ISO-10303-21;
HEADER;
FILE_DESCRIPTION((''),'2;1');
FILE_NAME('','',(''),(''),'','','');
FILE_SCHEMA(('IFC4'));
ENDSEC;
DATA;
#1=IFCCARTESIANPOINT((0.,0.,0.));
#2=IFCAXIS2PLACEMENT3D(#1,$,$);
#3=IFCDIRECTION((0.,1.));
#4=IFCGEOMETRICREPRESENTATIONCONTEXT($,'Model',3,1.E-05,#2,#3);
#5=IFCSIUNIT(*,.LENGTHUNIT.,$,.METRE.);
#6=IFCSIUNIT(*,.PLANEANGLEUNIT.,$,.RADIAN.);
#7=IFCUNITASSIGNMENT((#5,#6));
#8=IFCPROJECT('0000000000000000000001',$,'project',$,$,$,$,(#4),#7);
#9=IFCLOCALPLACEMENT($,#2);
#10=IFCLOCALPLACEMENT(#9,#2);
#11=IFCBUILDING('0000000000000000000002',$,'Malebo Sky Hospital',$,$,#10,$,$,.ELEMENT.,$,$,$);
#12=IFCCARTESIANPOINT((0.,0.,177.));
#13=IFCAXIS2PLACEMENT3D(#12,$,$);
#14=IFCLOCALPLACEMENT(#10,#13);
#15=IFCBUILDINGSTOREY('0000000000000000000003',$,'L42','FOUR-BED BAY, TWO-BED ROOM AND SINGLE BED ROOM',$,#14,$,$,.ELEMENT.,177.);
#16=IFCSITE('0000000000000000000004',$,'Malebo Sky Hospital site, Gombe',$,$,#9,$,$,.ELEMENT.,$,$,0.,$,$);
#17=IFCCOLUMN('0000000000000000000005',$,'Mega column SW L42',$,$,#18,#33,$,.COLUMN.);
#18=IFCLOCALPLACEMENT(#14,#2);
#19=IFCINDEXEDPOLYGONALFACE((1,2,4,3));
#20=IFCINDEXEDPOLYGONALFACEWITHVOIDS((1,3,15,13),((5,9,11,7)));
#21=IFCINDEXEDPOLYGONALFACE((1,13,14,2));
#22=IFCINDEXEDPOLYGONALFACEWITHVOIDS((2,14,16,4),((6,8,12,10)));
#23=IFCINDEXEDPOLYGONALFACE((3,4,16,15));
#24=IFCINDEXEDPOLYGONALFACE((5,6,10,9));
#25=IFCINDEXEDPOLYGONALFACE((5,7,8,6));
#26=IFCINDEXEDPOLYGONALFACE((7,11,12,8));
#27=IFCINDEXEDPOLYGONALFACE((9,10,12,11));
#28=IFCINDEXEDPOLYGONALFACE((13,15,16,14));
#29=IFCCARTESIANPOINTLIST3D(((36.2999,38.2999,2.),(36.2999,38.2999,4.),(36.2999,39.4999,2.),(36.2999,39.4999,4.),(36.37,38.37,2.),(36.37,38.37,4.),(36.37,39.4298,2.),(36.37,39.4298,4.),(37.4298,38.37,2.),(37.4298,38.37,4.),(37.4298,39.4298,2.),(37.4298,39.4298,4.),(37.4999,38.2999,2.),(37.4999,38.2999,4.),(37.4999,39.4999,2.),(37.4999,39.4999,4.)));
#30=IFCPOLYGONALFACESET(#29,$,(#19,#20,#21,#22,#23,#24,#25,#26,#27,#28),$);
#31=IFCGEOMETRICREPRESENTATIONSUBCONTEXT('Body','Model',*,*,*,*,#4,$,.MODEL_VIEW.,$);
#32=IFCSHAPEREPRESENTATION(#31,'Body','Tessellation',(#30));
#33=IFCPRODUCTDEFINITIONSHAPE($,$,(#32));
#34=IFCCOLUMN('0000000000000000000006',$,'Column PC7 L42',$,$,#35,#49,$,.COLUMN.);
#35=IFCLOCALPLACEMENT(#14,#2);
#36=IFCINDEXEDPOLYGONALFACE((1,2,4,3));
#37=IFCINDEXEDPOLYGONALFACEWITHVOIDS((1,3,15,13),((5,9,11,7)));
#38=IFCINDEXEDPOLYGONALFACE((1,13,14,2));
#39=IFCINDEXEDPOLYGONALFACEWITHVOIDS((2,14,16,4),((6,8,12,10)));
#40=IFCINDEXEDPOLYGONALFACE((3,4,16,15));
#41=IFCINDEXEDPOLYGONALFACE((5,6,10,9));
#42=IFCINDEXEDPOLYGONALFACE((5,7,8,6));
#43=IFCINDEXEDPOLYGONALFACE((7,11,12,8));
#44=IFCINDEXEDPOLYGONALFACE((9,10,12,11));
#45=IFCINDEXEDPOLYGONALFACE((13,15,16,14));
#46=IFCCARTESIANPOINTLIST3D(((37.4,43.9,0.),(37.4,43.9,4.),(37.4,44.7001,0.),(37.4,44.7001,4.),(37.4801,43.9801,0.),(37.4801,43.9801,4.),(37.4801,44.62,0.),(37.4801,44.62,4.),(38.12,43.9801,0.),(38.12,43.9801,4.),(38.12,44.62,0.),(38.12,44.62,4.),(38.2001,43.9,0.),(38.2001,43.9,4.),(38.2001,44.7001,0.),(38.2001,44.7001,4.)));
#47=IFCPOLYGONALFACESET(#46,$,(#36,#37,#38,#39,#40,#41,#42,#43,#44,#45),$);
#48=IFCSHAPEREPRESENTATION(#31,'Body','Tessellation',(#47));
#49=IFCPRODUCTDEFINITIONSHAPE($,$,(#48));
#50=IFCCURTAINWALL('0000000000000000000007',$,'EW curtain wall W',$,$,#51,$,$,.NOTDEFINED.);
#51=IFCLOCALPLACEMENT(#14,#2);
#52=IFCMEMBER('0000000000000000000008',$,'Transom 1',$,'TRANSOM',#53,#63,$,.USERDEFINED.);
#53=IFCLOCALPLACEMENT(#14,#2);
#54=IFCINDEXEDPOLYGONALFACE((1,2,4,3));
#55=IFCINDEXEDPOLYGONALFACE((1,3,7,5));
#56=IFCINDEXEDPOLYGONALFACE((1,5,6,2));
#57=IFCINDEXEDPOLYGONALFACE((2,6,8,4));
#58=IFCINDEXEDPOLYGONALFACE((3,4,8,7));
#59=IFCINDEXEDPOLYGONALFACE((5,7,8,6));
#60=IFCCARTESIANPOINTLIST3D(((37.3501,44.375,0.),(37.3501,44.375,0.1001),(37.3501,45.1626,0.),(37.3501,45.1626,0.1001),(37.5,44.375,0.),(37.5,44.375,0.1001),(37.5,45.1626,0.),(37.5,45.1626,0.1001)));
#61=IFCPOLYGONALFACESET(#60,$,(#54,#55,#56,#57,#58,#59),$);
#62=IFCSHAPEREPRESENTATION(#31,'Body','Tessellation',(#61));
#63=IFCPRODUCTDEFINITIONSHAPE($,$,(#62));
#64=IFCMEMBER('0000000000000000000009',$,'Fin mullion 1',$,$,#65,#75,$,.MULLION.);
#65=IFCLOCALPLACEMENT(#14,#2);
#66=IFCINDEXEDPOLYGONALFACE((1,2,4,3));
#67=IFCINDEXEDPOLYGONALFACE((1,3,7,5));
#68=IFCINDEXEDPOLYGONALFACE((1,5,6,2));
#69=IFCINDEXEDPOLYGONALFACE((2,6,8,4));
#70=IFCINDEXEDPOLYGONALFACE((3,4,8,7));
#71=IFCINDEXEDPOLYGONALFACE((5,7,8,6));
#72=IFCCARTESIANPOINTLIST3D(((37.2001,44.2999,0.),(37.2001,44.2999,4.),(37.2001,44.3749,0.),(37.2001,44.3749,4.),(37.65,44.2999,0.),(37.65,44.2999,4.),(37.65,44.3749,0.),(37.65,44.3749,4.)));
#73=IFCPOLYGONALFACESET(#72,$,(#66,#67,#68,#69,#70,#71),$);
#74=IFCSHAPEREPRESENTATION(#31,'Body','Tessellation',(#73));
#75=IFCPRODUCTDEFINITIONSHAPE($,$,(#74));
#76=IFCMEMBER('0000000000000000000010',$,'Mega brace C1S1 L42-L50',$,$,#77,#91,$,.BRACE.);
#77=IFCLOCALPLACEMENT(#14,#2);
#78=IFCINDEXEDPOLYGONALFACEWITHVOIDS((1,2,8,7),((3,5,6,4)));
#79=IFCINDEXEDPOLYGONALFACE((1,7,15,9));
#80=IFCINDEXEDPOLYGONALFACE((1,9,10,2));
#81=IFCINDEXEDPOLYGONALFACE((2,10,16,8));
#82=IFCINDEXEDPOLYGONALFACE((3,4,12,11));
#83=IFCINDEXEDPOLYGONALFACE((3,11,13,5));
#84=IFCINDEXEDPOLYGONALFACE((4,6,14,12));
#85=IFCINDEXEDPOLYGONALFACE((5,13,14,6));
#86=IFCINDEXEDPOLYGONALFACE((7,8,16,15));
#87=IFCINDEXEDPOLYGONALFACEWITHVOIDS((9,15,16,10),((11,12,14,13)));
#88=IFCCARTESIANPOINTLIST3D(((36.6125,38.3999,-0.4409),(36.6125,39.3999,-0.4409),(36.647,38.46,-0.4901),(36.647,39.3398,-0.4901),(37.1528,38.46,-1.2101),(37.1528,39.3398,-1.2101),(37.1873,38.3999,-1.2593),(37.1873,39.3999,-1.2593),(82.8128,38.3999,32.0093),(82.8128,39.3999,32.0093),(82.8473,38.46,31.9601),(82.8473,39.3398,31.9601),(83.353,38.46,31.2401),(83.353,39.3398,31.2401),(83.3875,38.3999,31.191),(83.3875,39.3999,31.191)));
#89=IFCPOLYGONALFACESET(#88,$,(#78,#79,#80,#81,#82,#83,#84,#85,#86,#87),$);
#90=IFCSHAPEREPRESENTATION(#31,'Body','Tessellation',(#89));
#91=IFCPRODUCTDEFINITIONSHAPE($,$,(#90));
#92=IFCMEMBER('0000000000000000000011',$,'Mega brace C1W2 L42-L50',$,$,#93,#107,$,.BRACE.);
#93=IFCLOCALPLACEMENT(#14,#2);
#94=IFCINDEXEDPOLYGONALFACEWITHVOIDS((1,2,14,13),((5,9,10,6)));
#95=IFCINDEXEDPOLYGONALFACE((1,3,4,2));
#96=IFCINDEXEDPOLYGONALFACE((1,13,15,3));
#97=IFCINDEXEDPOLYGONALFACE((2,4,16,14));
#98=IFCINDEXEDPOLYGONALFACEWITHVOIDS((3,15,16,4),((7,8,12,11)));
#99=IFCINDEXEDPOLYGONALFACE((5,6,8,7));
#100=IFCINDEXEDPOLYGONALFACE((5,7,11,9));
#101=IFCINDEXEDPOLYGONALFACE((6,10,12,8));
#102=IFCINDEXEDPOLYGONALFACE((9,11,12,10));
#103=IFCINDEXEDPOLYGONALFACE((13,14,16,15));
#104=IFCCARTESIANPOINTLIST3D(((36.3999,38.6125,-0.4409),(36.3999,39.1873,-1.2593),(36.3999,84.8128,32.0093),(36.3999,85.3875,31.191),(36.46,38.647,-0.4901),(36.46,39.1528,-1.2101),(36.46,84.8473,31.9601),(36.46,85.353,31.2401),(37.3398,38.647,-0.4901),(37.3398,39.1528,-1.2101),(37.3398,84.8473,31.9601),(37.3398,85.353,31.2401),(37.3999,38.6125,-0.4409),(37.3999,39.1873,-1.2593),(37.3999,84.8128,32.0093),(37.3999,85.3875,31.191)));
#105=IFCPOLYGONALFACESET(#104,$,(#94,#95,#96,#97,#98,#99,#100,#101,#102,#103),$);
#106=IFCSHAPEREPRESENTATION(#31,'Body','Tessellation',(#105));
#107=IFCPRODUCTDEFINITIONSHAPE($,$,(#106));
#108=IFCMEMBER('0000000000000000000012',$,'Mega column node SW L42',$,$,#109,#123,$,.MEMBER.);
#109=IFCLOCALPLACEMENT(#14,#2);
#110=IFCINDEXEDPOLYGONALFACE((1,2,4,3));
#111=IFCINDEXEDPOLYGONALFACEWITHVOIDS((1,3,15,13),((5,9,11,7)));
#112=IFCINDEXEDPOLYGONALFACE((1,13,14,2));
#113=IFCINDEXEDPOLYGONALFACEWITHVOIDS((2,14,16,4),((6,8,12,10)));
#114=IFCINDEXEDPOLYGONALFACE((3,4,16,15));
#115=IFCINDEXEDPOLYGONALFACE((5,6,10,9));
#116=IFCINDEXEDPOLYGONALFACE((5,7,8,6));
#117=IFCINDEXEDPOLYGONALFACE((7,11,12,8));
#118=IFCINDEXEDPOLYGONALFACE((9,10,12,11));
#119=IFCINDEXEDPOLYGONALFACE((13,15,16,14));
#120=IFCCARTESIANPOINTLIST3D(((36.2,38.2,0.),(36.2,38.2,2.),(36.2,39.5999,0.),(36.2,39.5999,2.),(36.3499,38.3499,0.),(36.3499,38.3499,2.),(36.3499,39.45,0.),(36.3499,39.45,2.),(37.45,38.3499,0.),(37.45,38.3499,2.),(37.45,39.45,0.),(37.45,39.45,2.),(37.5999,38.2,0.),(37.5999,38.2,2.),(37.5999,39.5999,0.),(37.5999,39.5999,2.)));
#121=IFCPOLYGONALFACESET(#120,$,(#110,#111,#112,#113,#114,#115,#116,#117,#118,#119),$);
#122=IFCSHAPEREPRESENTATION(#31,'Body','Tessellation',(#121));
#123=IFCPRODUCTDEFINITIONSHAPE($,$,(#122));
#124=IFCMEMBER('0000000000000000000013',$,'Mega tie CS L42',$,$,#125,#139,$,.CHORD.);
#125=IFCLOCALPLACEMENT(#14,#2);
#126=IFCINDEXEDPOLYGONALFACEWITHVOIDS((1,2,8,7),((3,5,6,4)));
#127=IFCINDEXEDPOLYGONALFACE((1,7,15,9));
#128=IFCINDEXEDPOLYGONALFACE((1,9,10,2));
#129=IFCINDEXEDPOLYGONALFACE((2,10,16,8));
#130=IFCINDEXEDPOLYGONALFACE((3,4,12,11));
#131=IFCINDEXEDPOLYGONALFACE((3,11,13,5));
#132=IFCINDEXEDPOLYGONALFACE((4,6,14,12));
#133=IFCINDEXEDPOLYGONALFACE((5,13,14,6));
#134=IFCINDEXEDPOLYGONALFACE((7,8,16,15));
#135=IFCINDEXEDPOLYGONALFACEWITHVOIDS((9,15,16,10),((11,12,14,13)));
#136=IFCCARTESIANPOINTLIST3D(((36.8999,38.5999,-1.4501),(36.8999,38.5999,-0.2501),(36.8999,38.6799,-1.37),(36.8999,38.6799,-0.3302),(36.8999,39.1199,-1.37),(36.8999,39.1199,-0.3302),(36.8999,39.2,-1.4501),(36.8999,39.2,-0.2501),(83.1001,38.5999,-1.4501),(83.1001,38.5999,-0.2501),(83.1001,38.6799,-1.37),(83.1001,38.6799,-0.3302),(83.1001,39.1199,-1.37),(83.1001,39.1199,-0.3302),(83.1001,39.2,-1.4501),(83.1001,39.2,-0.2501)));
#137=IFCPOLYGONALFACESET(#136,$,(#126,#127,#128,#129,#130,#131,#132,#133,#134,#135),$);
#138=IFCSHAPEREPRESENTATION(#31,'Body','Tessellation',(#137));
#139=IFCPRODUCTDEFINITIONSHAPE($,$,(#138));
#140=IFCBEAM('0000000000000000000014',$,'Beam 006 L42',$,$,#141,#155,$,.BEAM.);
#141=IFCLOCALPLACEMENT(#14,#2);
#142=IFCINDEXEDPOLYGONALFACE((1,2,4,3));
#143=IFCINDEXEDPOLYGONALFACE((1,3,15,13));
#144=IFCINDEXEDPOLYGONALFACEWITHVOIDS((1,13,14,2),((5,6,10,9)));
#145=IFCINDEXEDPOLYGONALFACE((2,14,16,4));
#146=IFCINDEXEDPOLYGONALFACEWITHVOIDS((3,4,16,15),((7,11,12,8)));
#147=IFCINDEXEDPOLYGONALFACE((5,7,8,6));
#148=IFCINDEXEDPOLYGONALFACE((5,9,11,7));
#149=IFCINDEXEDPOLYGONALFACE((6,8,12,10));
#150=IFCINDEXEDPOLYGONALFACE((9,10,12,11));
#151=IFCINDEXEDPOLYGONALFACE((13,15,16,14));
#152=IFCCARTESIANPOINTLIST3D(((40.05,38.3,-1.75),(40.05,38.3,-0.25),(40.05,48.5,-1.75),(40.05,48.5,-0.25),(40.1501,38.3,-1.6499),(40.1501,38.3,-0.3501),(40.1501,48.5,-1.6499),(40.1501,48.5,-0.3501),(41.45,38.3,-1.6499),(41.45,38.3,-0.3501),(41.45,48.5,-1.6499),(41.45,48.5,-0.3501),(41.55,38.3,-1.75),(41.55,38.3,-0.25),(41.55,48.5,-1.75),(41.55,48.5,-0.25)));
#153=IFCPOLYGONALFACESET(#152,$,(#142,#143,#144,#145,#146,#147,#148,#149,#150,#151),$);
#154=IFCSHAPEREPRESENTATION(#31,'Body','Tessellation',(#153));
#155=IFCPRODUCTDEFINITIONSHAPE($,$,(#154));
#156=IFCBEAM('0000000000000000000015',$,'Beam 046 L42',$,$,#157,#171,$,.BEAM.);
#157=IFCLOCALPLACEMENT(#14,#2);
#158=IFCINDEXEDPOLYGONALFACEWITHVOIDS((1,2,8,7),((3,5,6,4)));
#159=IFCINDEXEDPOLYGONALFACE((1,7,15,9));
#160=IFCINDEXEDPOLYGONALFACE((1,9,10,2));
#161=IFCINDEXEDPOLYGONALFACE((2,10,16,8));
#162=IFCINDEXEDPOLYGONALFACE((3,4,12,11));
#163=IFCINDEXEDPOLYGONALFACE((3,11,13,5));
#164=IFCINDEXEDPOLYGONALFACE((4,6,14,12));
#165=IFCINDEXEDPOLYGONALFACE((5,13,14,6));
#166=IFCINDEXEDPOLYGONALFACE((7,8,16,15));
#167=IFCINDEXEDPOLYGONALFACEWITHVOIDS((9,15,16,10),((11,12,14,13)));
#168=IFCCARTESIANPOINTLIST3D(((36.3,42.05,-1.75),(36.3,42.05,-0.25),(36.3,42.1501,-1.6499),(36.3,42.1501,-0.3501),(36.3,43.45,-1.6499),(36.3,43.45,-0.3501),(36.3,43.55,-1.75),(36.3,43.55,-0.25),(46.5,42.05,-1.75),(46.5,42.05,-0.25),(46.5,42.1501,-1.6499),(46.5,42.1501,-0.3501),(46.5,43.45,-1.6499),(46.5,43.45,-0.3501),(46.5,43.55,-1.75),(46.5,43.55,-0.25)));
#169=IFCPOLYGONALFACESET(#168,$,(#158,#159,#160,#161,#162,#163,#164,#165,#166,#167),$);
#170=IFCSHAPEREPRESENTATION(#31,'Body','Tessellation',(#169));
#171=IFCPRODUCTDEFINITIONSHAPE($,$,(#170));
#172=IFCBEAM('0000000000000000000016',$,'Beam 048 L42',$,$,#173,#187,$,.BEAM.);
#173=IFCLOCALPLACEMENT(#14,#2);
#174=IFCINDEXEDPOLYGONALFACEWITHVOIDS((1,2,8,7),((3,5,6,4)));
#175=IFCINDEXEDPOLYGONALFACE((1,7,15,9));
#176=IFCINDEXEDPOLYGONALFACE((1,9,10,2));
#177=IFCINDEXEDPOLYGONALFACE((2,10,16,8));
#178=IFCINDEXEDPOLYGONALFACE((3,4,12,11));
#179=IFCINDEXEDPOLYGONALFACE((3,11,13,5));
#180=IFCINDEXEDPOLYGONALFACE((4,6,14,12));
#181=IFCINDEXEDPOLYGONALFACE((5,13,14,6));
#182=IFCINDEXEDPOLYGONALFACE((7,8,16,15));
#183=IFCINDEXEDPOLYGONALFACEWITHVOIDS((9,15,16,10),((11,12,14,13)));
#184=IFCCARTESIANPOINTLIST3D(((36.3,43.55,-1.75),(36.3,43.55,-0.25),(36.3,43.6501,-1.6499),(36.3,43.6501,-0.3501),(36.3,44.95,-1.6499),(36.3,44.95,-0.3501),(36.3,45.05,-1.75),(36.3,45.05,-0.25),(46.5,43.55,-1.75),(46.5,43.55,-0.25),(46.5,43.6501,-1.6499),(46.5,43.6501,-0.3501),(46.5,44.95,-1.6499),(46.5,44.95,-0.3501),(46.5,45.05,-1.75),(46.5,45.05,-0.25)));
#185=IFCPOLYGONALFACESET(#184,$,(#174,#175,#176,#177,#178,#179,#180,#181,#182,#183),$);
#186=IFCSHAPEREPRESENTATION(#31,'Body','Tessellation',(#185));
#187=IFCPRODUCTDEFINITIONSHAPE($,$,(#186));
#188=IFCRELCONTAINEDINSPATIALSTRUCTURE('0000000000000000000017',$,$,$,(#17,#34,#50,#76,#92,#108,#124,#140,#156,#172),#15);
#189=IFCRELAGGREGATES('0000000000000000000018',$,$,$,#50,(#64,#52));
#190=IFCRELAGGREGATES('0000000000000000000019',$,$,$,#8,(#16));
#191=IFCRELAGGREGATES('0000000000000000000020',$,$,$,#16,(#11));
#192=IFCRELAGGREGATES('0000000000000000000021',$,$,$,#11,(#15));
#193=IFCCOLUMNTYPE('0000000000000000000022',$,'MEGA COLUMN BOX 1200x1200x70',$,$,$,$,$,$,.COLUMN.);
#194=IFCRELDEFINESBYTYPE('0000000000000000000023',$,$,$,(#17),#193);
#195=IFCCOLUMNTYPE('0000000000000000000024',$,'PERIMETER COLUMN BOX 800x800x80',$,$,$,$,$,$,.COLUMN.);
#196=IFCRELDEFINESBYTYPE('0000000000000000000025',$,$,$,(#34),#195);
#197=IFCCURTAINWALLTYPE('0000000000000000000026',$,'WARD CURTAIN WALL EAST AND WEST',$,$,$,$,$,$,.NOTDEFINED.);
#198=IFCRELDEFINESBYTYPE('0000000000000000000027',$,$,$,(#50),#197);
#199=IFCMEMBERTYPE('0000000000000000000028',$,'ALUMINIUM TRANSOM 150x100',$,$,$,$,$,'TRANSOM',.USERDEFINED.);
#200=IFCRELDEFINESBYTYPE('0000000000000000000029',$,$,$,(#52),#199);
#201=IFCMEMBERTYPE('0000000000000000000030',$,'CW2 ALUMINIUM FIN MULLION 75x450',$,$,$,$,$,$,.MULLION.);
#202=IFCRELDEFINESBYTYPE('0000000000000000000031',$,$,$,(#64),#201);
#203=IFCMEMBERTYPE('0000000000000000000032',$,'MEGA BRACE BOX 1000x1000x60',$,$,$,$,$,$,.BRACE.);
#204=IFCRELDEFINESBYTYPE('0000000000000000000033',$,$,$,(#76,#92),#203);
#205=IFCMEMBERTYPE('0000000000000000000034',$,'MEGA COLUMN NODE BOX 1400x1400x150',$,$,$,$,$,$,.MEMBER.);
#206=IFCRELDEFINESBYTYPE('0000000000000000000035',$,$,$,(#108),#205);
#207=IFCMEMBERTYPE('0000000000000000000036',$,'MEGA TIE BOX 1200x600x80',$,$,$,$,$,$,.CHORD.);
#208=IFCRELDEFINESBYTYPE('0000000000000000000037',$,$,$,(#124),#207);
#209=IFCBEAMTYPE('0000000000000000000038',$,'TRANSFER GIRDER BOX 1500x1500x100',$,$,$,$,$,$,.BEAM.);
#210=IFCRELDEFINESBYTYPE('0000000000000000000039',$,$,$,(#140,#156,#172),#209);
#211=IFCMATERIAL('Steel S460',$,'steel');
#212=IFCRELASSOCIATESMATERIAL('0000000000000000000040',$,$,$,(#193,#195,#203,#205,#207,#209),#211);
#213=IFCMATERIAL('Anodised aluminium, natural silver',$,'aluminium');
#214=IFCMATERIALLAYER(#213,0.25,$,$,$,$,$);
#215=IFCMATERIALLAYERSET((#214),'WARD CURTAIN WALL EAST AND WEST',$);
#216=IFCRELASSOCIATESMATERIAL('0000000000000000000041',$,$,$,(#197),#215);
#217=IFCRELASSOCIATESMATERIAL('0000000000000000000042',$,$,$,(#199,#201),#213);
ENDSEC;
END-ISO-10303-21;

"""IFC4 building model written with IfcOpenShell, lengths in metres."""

from ifc_helpers import new_model, si_unit, direction, frame, origin, origin_2d, place, context, subcontext, project, spatial, rectangle, hollow_rectangle, extrude, material, layer, layer_set, material_profile, profile_set, type_object, element, aggregate, save


model = new_model("IFC4")

# Units and contexts
model_context = context("Model", 3, precision=1e-05, world=origin(), true_north=direction((0.0, 1.0)))
body_context = subcontext(model_context, "Body", "Model", "MODEL_VIEW")
ifc_project = project(units=[si_unit("LENGTHUNIT", "METRE"), si_unit("PLANEANGLEUNIT", "RADIAN")], contexts=[model_context])

# Site, building, storey
site_placement = place(None, origin())
site = spatial("IfcSite", under=ifc_project, at=site_placement, Name="Malebo Sky Hospital site, Gombe", CompositionType="ELEMENT", RefElevation=0.0)
building_placement = place(site_placement, origin())
building = spatial("IfcBuilding", under=site, at=building_placement, Name="Malebo Sky Hospital", CompositionType="ELEMENT")
storey_placement = place(building_placement, frame((0.0, 0.0, 177.0)))
storey = spatial("IfcBuildingStorey", under=building, at=storey_placement, Name="L42", Description="FOUR-BED BAY, TWO-BED ROOM AND SINGLE BED ROOM", CompositionType="ELEMENT", Elevation=177.0)

# Columns
ifc_material_1 = material(Name="Steel S460", Category="steel")
ifc_material_profile_1 = material_profile(ifc_material_1, hollow_rectangle(XDim=1.2, YDim=1.2, WallThickness=0.0701, at=origin_2d()), Name="BOX 1200x1200x70")
ifc_profile_set_1 = profile_set([ifc_material_profile_1], Name="Steel S460")
column_type_1 = type_object("IfcColumnType", Name="MEGA COLUMN BOX 1200x1200x70", PredefinedType="COLUMN", material=ifc_profile_set_1)
column_1_placement = place(storey_placement, frame((36.8999, 38.8999, 2.0), z_axis=(0.0, 0.0, 1.0), x_axis=(1.0, 0.0, 0.0)))
element("IfcColumn", 1, at=column_1_placement, inside=storey, type_object=column_type_1, Name="Mega column SW L42", PredefinedType="COLUMN", context=body_context, shape_type="SweptSolid", body=[
    extrude(hollow_rectangle(XDim=1.2, YDim=1.2, WallThickness=0.0701, at=origin_2d()), origin(), (0.0, 0.0, 1.0), 2.0),
])
ifc_material_profile_2 = material_profile(ifc_material_1, hollow_rectangle(XDim=0.8, YDim=0.8, WallThickness=0.0801, at=origin_2d()), Name="BOX 800x800x80")
ifc_profile_set_2 = profile_set([ifc_material_profile_2], Name="Steel S460")
column_type_2 = type_object("IfcColumnType", Name="PERIMETER COLUMN BOX 800x800x80", PredefinedType="COLUMN", material=ifc_profile_set_2)
column_2_placement = place(storey_placement, frame((37.8, 44.3, 0.0), z_axis=(0.0, 0.0, 1.0), x_axis=(1.0, 0.0, 0.0)))
element("IfcColumn", 2, at=column_2_placement, inside=storey, type_object=column_type_2, Name="Column PC7 L42", PredefinedType="COLUMN", context=body_context, shape_type="SweptSolid", body=[
    extrude(hollow_rectangle(XDim=0.8, YDim=0.8, WallThickness=0.0801, at=origin_2d()), origin(), (0.0, 0.0, 1.0), 4.0),
])

# Curtain wall, members
ifc_material_2 = material(Name="Anodised aluminium, natural silver", Category="aluminium")
ifc_layer_1 = layer(ifc_material_2, 0.25)
ifc_layer_set_1 = layer_set([ifc_layer_1], Name="WARD CURTAIN WALL EAST AND WEST")
curtain_wall_type = type_object("IfcCurtainWallType", Name="WARD CURTAIN WALL EAST AND WEST", PredefinedType="NOTDEFINED", material=ifc_layer_set_1)
curtain_wall_placement = place(storey_placement, origin())
curtain_wall = element("IfcCurtainWall", 3, at=curtain_wall_placement, inside=storey, type_object=curtain_wall_type, Name="EW curtain wall W", PredefinedType="NOTDEFINED")
ifc_material_profile_3 = material_profile(ifc_material_2, rectangle(XDim=0.1499, YDim=0.1001, at=origin_2d()), Name="ALUMINIUM TRANSOM 150x100")
ifc_profile_set_3 = profile_set([ifc_material_profile_3], Name="Anodised aluminium, natural silver")
member_type_1 = type_object("IfcMemberType", Name="ALUMINIUM TRANSOM 150x100", ElementType="TRANSOM", PredefinedType="USERDEFINED", material=ifc_profile_set_3)
member_1_placement = place(storey_placement, frame((37.425, 44.375, 0.05), z_axis=(0.0, 1.0, 0.0), x_axis=(-1.0, 0.0, 0.0)))
member_1 = element("IfcMember", 4, at=member_1_placement, type_object=member_type_1, Name="Transom 1", ObjectType="TRANSOM", PredefinedType="USERDEFINED", context=body_context, shape_type="SweptSolid", body=[
    extrude(rectangle(XDim=0.1499, YDim=0.1001, at=origin_2d()), origin(), (0.0, 0.0, 1.0), 0.7876),
])
ifc_material_profile_4 = material_profile(ifc_material_2, rectangle(XDim=0.075, YDim=0.45, at=origin_2d()), Name="CW2 ALUMINIUM FIN MULLION 75x450")
ifc_profile_set_4 = profile_set([ifc_material_profile_4], Name="Anodised aluminium, natural silver")
member_type_2 = type_object("IfcMemberType", Name="CW2 ALUMINIUM FIN MULLION 75x450", PredefinedType="MULLION", material=ifc_profile_set_4)
member_2_placement = place(storey_placement, frame((37.425, 44.3374, 0.0), z_axis=(0.0, 0.0, 1.0), x_axis=(0.0, 1.0, 0.0)))
member_2 = element("IfcMember", 5, at=member_2_placement, type_object=member_type_2, Name="Fin mullion 1", PredefinedType="MULLION", context=body_context, shape_type="SweptSolid", body=[
    extrude(rectangle(XDim=0.075, YDim=0.45, at=origin_2d()), origin(), (0.0, 0.0, 1.0), 4.0),
])
aggregate(curtain_wall, [member_2, member_1])

# Members
ifc_material_profile_5 = material_profile(ifc_material_1, hollow_rectangle(XDim=1.0, YDim=1.0, WallThickness=0.0601, at=origin_2d()), Name="BOX 1000x1000x60")
ifc_profile_set_5 = profile_set([ifc_material_profile_5], Name="Steel S460")
member_type_3 = type_object("IfcMemberType", Name="MEGA BRACE BOX 1000x1000x60", PredefinedType="BRACE", material=ifc_profile_set_5)
for number, where, z_axis, x_axis, name in (
    (6, (36.8999, 38.8999, -0.8501), (0.818315, 0.0, 0.57477), (0.0, 1.0, 0.0), "Mega brace C1S1 L42-L50"),
    (7, (36.8999, 38.8999, -0.8501), (0.0, 0.818315, 0.57477), (-1.0, 0.0, 0.0), "Mega brace C1W2 L42-L50"),
):
    element("IfcMember", number, at=place(storey_placement, frame(where, z_axis=z_axis, x_axis=x_axis)), inside=storey, type_object=member_type_3, Name=name, PredefinedType="BRACE", context=body_context, shape_type="SweptSolid", body=[
        extrude(hollow_rectangle(XDim=1.0, YDim=1.0, WallThickness=0.0601, at=origin_2d()), origin(), (0.0, 0.0, 1.0), 56.4578),
    ])
ifc_material_profile_6 = material_profile(ifc_material_1, hollow_rectangle(XDim=1.3999, YDim=1.3999, WallThickness=0.1499, at=origin_2d()), Name="BOX 1400x1400x150")
ifc_profile_set_6 = profile_set([ifc_material_profile_6], Name="Steel S460")
member_type_4 = type_object("IfcMemberType", Name="MEGA COLUMN NODE BOX 1400x1400x150", PredefinedType="MEMBER", material=ifc_profile_set_6)
member_3_placement = place(storey_placement, frame((36.8999, 38.8999, 0.0), z_axis=(0.0, 0.0, 1.0), x_axis=(1.0, 0.0, 0.0)))
element("IfcMember", 8, at=member_3_placement, inside=storey, type_object=member_type_4, Name="Mega column node SW L42", PredefinedType="MEMBER", context=body_context, shape_type="SweptSolid", body=[
    extrude(hollow_rectangle(XDim=1.3999, YDim=1.3999, WallThickness=0.1499, at=origin_2d()), origin(), (0.0, 0.0, 1.0), 2.0),
])
ifc_material_profile_7 = material_profile(ifc_material_1, hollow_rectangle(XDim=0.6001, YDim=1.2, WallThickness=0.0801, at=origin_2d()), Name="BOX 1200x600x80")
ifc_profile_set_7 = profile_set([ifc_material_profile_7], Name="Steel S460")
member_type_5 = type_object("IfcMemberType", Name="MEGA TIE BOX 1200x600x80", PredefinedType="CHORD", material=ifc_profile_set_7)
member_4_placement = place(storey_placement, frame((36.8999, 38.8999, -0.8501), z_axis=(1.0, 0.0, 0.0), x_axis=(0.0, 1.0, 0.0)))
element("IfcMember", 9, at=member_4_placement, inside=storey, type_object=member_type_5, Name="Mega tie CS L42", PredefinedType="CHORD", context=body_context, shape_type="SweptSolid", body=[
    extrude(hollow_rectangle(XDim=0.6001, YDim=1.2, WallThickness=0.0801, at=origin_2d()), origin(), (0.0, 0.0, 1.0), 46.2002),
])

# Beams
ifc_material_profile_8 = material_profile(ifc_material_1, hollow_rectangle(XDim=1.5, YDim=1.5, WallThickness=0.1001, at=origin_2d()), Name="BOX 1500x1500x100")
ifc_profile_set_8 = profile_set([ifc_material_profile_8], Name="Steel S460")
beam_type_1 = type_object("IfcBeamType", Name="TRANSFER GIRDER BOX 1500x1500x100", PredefinedType="BEAM", material=ifc_profile_set_8)
for number, where, z_axis, x_axis, name in (
    (10, (40.8, 38.3, -1.0), (0.0, 1.0, 0.0), (-1.0, 0.0, 0.0), "Beam 006 L42"),
    (11, (36.3, 42.8, -1.0), (1.0, 0.0, 0.0), (0.0, 1.0, 0.0), "Beam 046 L42"),
    (12, (36.3, 44.3, -1.0), (1.0, 0.0, 0.0), (0.0, 1.0, 0.0), "Beam 048 L42"),
):
    element("IfcBeam", number, at=place(storey_placement, frame(where, z_axis=z_axis, x_axis=x_axis)), inside=storey, type_object=beam_type_1, Name=name, PredefinedType="BEAM", context=body_context, shape_type="SweptSolid", body=[
        extrude(hollow_rectangle(XDim=1.5, YDim=1.5, WallThickness=0.1001, at=origin_2d()), origin(), (0.0, 0.0, 1.0), 10.2),
    ])

save(model, "model.ifc")
